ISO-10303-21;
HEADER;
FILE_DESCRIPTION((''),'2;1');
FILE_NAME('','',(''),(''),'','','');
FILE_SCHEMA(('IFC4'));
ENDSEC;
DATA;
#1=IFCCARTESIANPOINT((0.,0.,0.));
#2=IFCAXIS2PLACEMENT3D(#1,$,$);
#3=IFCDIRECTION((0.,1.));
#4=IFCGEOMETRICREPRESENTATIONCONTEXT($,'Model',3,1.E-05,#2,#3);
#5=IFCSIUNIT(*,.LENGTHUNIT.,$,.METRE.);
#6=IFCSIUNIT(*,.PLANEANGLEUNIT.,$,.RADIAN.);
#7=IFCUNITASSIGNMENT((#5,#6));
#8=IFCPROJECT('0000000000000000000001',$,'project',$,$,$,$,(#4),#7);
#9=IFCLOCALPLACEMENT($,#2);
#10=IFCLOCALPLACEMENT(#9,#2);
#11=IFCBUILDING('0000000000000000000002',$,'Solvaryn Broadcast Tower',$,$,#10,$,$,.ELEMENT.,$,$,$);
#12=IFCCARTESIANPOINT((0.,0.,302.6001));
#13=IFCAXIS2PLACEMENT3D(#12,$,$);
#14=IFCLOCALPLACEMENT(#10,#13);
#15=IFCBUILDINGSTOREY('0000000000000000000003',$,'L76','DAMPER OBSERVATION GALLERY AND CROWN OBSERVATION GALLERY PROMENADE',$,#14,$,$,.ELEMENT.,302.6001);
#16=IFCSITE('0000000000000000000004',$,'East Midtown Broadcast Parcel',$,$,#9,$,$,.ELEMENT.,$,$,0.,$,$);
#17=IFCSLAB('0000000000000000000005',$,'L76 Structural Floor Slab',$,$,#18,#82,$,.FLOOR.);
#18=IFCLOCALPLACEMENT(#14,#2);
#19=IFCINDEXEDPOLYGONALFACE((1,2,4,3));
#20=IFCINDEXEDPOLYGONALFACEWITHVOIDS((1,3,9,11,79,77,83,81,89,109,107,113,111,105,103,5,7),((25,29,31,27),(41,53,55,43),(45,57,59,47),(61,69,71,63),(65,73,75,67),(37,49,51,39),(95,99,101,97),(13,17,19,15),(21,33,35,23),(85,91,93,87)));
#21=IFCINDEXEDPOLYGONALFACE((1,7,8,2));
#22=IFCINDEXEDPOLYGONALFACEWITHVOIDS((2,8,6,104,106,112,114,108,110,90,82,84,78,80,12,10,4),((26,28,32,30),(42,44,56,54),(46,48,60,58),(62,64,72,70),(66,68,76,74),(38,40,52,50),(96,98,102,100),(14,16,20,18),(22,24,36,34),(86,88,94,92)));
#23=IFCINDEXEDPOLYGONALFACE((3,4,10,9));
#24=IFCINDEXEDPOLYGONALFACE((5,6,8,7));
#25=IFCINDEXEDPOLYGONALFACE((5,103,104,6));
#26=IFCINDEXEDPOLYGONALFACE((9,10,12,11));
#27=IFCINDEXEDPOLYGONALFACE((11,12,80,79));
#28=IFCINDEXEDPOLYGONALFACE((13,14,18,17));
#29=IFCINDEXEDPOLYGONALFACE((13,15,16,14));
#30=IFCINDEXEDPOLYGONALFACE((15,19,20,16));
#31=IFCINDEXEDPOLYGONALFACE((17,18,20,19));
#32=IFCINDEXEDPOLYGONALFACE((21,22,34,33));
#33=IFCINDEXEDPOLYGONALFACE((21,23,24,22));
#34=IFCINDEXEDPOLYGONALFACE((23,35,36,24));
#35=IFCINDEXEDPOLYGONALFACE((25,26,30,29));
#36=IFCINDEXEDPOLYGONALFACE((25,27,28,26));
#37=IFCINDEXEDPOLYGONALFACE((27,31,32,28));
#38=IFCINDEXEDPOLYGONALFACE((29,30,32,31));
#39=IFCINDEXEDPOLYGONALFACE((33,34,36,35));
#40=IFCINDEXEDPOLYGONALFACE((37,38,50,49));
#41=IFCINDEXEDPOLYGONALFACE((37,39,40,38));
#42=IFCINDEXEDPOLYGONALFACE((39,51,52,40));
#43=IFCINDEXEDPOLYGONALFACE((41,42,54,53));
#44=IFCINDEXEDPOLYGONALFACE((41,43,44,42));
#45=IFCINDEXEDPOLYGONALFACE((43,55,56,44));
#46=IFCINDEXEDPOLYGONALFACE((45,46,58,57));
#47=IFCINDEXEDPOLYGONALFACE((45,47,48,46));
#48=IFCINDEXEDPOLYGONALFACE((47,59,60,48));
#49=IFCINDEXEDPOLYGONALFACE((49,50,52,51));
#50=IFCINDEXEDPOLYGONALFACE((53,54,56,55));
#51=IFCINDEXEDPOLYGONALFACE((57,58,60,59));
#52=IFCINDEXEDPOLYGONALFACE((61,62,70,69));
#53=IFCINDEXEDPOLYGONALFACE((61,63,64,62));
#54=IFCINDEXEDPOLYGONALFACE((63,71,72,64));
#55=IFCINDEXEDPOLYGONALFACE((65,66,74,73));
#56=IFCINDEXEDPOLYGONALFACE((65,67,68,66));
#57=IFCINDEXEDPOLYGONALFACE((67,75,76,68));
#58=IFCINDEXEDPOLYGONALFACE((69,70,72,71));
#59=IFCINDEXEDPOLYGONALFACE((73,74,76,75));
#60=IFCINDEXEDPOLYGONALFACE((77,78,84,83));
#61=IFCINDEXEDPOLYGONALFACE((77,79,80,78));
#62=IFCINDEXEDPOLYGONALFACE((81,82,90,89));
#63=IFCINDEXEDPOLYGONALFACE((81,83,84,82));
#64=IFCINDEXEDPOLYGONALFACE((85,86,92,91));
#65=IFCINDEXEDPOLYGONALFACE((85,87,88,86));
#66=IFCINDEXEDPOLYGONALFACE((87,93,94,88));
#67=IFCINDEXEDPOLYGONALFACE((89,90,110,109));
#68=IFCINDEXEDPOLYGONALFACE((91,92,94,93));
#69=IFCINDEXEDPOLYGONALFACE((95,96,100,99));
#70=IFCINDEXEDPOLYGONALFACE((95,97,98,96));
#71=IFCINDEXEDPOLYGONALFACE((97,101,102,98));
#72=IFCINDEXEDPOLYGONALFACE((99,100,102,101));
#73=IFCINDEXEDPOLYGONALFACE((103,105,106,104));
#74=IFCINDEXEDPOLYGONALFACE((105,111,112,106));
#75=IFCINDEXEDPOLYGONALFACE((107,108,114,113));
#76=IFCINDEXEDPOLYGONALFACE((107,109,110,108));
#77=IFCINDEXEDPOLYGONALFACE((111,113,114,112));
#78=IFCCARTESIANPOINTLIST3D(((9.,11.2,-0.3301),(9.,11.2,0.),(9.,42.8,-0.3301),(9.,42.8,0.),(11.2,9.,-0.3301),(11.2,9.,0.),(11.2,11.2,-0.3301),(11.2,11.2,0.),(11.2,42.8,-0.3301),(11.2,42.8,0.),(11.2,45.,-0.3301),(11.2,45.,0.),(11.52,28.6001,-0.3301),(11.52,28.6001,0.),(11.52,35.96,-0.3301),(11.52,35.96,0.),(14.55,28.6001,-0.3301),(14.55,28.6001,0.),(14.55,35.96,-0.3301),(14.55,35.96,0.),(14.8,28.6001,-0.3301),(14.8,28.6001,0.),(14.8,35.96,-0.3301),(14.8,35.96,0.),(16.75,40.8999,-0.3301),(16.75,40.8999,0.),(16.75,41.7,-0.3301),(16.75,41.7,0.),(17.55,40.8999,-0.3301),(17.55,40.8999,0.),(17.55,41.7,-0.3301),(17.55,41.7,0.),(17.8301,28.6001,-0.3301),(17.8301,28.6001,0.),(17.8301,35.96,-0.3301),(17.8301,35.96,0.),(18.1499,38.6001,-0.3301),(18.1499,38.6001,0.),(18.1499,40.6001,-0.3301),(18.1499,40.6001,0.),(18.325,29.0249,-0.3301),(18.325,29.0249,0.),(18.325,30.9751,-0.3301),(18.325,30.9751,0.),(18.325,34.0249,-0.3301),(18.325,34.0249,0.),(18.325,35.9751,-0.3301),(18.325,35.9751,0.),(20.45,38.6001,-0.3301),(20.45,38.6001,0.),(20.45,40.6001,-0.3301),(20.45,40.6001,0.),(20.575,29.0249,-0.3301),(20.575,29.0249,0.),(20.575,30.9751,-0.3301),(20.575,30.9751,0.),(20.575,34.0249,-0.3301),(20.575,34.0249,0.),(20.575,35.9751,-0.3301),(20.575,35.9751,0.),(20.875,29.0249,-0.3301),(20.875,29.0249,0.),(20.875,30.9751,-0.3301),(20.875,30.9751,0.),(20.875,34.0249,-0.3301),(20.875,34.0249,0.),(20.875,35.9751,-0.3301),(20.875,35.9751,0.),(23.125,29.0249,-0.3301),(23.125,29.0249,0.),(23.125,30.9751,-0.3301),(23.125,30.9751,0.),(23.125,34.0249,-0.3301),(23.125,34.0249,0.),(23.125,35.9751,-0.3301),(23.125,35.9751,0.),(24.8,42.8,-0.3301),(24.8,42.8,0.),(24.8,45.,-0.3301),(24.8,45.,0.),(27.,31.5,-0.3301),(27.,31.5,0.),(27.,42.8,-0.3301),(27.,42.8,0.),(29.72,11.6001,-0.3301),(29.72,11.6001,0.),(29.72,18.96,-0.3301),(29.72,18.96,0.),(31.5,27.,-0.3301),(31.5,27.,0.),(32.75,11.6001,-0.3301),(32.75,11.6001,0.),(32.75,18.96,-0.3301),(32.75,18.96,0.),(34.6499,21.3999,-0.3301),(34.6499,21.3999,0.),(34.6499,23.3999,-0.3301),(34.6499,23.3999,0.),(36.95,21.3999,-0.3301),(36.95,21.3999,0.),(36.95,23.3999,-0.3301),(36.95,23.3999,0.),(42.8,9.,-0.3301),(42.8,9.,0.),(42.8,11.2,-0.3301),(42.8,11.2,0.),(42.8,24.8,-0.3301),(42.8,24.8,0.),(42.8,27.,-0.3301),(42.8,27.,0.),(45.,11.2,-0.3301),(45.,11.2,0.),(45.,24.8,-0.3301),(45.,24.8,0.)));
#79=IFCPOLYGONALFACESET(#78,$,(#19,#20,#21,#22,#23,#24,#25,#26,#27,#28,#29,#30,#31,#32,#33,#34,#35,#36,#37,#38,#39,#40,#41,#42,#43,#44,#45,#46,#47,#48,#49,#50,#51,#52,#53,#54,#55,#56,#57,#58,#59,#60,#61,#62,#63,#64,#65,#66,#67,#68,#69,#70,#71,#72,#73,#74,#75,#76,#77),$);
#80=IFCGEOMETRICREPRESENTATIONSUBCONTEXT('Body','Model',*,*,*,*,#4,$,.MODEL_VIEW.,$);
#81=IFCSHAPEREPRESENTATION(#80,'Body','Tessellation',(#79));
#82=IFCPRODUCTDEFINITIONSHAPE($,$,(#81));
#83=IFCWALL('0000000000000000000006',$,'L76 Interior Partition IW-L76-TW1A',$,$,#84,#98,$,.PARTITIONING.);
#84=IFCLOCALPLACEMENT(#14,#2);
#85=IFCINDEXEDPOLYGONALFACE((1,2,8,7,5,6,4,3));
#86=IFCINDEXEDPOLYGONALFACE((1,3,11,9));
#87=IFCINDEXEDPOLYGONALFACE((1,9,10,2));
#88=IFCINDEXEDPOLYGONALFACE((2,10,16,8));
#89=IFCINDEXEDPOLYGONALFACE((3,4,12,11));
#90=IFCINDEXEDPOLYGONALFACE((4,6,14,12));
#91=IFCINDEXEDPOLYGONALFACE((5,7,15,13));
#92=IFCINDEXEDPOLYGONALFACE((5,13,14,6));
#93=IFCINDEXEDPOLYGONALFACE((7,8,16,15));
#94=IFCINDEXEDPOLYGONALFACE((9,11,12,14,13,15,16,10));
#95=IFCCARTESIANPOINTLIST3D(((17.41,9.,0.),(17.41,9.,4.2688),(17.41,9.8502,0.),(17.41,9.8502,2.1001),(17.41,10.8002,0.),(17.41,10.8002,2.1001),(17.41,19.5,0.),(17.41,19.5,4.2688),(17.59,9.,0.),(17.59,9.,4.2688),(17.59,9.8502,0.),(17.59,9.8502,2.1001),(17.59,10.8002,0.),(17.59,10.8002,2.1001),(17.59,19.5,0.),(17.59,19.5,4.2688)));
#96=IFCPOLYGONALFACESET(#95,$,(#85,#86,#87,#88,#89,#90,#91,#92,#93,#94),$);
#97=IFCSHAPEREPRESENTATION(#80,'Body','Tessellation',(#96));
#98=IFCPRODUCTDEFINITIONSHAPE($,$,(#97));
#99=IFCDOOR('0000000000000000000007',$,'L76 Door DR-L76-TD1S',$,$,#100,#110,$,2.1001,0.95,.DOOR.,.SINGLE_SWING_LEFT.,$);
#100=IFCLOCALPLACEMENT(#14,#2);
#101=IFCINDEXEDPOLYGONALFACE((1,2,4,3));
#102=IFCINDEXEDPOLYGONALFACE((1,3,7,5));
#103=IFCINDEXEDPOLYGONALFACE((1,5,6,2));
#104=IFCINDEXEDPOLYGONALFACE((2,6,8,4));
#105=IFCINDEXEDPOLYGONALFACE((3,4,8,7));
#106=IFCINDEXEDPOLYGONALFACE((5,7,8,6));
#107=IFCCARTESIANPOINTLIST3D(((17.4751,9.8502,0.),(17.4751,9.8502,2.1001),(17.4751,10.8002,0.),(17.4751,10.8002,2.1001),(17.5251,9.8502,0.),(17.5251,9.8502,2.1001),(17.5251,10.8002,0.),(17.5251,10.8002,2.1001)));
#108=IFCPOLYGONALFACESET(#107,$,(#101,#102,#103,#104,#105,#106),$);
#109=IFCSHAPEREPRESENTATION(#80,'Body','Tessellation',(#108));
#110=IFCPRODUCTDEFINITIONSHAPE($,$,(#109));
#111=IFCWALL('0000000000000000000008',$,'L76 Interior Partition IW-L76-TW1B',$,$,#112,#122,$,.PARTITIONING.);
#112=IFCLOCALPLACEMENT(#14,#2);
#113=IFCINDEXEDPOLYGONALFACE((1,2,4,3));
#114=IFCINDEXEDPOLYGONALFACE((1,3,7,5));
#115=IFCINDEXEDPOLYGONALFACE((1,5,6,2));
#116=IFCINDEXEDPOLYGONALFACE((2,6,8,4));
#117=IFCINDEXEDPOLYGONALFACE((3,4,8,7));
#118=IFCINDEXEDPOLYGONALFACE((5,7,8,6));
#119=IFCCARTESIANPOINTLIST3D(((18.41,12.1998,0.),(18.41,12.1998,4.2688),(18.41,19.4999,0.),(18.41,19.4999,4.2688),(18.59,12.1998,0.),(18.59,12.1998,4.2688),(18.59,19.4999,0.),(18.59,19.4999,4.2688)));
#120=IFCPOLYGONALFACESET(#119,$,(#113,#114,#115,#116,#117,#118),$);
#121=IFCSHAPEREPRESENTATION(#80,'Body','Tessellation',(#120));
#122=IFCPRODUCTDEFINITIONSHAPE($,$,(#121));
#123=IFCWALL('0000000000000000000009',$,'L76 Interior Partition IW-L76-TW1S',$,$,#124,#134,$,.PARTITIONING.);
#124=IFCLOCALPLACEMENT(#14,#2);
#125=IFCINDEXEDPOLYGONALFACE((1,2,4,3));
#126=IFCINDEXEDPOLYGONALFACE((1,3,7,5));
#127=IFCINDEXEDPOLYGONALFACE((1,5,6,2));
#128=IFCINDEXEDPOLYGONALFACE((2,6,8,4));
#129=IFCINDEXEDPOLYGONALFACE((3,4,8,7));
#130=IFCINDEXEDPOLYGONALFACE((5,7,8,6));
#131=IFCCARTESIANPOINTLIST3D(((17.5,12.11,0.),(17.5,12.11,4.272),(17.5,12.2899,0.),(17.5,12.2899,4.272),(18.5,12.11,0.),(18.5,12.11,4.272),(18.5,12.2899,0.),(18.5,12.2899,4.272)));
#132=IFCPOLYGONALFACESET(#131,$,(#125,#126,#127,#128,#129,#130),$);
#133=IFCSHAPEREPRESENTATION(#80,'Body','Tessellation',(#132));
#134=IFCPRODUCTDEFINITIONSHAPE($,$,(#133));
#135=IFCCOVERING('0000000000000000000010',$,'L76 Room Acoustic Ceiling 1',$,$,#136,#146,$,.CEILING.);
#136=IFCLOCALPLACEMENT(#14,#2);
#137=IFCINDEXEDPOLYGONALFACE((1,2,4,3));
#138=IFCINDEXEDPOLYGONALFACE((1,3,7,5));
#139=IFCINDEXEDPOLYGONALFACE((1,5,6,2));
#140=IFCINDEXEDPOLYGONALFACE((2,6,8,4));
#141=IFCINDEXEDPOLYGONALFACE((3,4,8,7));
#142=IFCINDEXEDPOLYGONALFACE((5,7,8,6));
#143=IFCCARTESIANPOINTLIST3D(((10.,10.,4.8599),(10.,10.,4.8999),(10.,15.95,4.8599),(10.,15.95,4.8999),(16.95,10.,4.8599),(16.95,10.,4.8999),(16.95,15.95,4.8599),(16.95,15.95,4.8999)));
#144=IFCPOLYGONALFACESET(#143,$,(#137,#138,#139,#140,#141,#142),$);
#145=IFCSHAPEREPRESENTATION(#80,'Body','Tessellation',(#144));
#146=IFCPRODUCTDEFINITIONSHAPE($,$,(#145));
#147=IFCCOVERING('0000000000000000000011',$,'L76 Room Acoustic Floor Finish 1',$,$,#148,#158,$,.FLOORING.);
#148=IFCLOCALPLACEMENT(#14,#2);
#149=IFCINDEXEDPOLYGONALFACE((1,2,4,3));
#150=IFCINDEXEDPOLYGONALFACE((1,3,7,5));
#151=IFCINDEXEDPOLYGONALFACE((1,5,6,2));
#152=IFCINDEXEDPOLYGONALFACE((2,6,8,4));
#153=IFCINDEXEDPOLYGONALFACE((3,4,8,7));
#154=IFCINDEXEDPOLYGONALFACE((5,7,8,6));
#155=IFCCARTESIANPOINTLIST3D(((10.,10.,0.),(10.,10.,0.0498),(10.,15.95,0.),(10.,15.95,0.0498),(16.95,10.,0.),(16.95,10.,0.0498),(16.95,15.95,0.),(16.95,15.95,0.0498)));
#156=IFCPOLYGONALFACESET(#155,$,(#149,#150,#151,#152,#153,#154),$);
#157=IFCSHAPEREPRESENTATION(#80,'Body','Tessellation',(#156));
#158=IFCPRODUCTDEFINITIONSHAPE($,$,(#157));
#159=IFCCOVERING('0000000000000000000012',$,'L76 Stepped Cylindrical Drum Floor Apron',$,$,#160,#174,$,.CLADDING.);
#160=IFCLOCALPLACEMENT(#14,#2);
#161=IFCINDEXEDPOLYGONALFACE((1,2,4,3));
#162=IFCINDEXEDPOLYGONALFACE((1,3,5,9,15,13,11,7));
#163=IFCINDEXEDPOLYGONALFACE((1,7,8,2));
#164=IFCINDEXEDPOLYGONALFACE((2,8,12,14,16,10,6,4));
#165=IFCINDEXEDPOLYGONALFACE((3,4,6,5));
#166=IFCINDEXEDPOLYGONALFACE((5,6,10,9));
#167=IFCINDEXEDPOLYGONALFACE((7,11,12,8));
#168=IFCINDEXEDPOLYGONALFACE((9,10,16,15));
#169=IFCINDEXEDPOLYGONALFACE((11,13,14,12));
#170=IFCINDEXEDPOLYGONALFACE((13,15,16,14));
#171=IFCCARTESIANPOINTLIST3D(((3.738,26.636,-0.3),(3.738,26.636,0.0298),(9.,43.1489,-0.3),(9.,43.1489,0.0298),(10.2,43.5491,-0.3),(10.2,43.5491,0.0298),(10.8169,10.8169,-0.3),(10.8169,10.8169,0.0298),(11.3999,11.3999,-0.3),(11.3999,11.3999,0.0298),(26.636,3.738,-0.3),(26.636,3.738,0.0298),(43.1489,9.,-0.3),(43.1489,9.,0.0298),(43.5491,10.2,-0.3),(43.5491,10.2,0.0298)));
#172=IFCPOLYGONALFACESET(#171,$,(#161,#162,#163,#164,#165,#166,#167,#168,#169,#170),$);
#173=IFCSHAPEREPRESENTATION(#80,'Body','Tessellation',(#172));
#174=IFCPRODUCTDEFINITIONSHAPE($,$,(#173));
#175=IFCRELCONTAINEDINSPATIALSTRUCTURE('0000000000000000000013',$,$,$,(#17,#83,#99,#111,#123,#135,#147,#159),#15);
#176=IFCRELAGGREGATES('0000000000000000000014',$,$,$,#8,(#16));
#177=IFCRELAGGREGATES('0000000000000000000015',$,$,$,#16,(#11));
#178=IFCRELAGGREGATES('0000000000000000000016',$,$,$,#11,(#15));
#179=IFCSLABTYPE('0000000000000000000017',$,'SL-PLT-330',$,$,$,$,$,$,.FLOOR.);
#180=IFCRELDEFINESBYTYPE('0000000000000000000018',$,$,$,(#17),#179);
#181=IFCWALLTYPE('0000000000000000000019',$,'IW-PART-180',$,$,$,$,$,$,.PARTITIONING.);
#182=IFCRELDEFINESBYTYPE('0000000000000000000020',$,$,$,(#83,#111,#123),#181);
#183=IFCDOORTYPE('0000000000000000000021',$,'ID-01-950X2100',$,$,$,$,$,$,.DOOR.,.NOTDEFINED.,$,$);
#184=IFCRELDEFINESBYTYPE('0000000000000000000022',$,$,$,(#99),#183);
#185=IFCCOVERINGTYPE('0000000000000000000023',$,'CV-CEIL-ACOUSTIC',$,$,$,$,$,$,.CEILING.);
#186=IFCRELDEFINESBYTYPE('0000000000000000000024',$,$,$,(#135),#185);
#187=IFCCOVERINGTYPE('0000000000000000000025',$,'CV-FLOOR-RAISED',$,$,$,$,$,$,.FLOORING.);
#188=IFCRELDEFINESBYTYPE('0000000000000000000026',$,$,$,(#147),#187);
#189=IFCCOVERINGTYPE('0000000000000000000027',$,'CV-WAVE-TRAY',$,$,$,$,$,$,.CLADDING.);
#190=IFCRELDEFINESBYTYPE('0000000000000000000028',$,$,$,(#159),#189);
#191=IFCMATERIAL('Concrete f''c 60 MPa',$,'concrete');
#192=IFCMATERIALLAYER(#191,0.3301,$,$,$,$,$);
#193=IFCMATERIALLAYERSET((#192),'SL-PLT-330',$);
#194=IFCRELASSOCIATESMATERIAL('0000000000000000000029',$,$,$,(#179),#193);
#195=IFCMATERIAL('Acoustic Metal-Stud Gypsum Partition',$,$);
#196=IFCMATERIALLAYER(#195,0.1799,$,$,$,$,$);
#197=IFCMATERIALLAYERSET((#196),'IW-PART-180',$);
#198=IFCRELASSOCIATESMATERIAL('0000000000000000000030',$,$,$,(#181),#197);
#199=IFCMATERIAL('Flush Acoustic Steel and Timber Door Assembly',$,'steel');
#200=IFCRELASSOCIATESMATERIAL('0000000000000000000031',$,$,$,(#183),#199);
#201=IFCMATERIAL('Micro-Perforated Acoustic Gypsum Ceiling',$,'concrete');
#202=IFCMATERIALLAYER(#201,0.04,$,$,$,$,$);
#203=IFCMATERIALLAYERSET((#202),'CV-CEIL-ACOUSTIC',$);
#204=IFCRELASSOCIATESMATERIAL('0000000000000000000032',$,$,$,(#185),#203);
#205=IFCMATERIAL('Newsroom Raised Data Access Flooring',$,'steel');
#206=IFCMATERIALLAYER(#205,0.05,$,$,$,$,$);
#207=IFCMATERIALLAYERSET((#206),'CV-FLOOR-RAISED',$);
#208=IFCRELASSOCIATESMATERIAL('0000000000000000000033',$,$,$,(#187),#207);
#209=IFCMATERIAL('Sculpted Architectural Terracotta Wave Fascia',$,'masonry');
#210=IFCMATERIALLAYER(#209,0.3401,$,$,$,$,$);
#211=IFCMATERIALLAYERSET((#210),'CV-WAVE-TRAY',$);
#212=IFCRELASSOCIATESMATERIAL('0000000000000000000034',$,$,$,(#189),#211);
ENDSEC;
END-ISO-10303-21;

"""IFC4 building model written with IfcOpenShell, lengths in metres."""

from ifc_helpers import new_model, si_unit, direction, frame, frame_2d, origin, place, context, subcontext, project, spatial, polyline, rectangle, outline, extrude, material, layer, layer_set, type_object, element, fill, save


model = new_model("IFC4")

# Units and contexts
model_context = context("Model", 3, precision=1e-05, world=origin(), true_north=direction((0.0, 1.0)))
body_context = subcontext(model_context, "Body", "Model", "MODEL_VIEW")
ifc_project = project(units=[si_unit("LENGTHUNIT", "METRE"), si_unit("PLANEANGLEUNIT", "RADIAN")], contexts=[model_context])

# Site, building, storey
site_placement = place(None, origin())
site = spatial("IfcSite", under=ifc_project, at=site_placement, Name="East Midtown Broadcast Parcel", CompositionType="ELEMENT", RefElevation=0.0)
building_placement = place(site_placement, origin())
building = spatial("IfcBuilding", under=site, at=building_placement, Name="Solvaryn Broadcast Tower", CompositionType="ELEMENT")
storey_placement = place(building_placement, frame((0.0, 0.0, 302.6001)))
storey = spatial("IfcBuildingStorey", under=building, at=storey_placement, Name="L76", Description="DAMPER OBSERVATION GALLERY AND CROWN OBSERVATION GALLERY PROMENADE", CompositionType="ELEMENT", Elevation=302.6001)

# Slab
ifc_material_1 = material(Name="Concrete f'c 60 MPa", Category="concrete")
ifc_layer_1 = layer(ifc_material_1, 0.3301)
ifc_layer_set_1 = layer_set([ifc_layer_1], Name="SL-PLT-330")
slab_type = type_object("IfcSlabType", Name="SL-PLT-330", PredefinedType="FLOOR", material=ifc_layer_set_1)
slab_placement = place(storey_placement, frame((0.0, 0.0, -0.3301)))
element("IfcSlab", 1, at=slab_placement, inside=storey, type_object=slab_type, Name="L76 Structural Floor Slab", PredefinedType="FLOOR", context=body_context, shape_type="SweptSolid", body=[
    extrude(outline(polyline([(11.2, 9.0), (42.8, 9.0), (42.8, 11.2), (45.0, 11.2), (45.0, 24.8), (42.8, 24.8), (42.8, 27.0), (31.5, 27.0), (27.0, 31.5), (27.0, 42.8), (24.8, 42.8), (24.8, 45.0), (11.2, 45.0), (11.2, 42.8), (9.0, 42.8), (9.0, 11.2), (11.2, 11.2), (11.2, 9.0)]), holes=[polyline([(11.52, 35.96), (11.52, 28.6001), (14.55, 28.6001), (14.55, 35.96), (11.52, 35.96)]), polyline([(14.8, 35.96), (14.8, 28.6001), (17.8301, 28.6001), (17.8301, 35.96), (14.8, 35.96)]), polyline([(29.72, 18.96), (29.72, 11.6001), (32.75, 11.6001), (32.75, 18.96), (29.72, 18.96)]), polyline([(18.1499, 38.6001), (20.45, 38.6001), (20.45, 40.6001), (18.1499, 40.6001), (18.1499, 38.6001)]), polyline([(18.325, 29.0249), (20.575, 29.0249), (20.575, 30.9751), (18.325, 30.9751), (18.325, 29.0249)]), polyline([(20.875, 29.0249), (23.125, 29.0249), (23.125, 30.9751), (20.875, 30.9751), (20.875, 29.0249)]), polyline([(18.325, 34.0249), (20.575, 34.0249), (20.575, 35.9751), (18.325, 35.9751), (18.325, 34.0249)]), polyline([(20.875, 34.0249), (23.125, 34.0249), (23.125, 35.9751), (20.875, 35.9751), (20.875, 34.0249)]), polyline([(34.6499, 21.3999), (36.95, 21.3999), (36.95, 23.3999), (34.6499, 23.3999), (34.6499, 21.3999)]), polyline([(16.75, 40.8999), (17.55, 40.8999), (17.55, 41.7), (16.75, 41.7), (16.75, 40.8999)])]), origin(), (0.0, 0.0, 1.0), 0.3301),
])

# Wall, opening, door
ifc_material_2 = material(Name="Acoustic Metal-Stud Gypsum Partition")
ifc_layer_2 = layer(ifc_material_2, 0.1799)
ifc_layer_set_2 = layer_set([ifc_layer_2], Name="IW-PART-180")
wall_type = type_object("IfcWallType", Name="IW-PART-180", PredefinedType="PARTITIONING", material=ifc_layer_set_2)
wall_1_placement = place(storey_placement, frame((17.5, 9.0, 0.0), z_axis=(0.0, 0.0, 1.0), x_axis=(0.0, 1.0, 0.0)))
wall_1 = element("IfcWall", 2, at=wall_1_placement, inside=storey, type_object=wall_type, Name="L76 Interior Partition IW-L76-TW1A", PredefinedType="PARTITIONING", context=body_context, shape_type="SweptSolid", body=[
    extrude(rectangle(XDim=10.5, YDim=0.1799, at=frame_2d((5.25, 0.0))), origin(), (0.0, 0.0, 1.0), 4.2688),
])
opening_placement = place(wall_1_placement, frame((0.8501, 0.0, 0.0)))
opening = element("IfcOpeningElement", 3, at=opening_placement, cuts=wall_1, PredefinedType="OPENING", context=body_context, shape_type="SweptSolid", body=[
    extrude(rectangle(XDim=0.95, YDim=2.1001, at=frame_2d((0.4751, 1.05))), frame((0.0, 0.0999, 0.0), z_axis=(0.0, -1.0, 0.0), x_axis=(1.0, 0.0, 0.0)), (0.0, 0.0, 1.0), 0.2),
])
ifc_material_3 = material(Name="Flush Acoustic Steel and Timber Door Assembly", Category="steel")
door_type = type_object("IfcDoorType", Name="ID-01-950X2100", OperationType="NOTDEFINED", PredefinedType="DOOR", material=ifc_material_3)
door_placement = place(opening_placement, origin())
door = element("IfcDoor", 4, at=door_placement, inside=storey, type_object=door_type, Name="L76 Door DR-L76-TD1S", OperationType="SINGLE_SWING_LEFT", OverallHeight=2.1001, OverallWidth=0.95, PredefinedType="DOOR", context=body_context, shape_type="SweptSolid", body=[
    extrude(rectangle(XDim=0.95, YDim=2.1001, at=frame_2d((0.4751, 1.05))), frame((0.0, 0.0249, 0.0), z_axis=(0.0, -1.0, 0.0), x_axis=(1.0, 0.0, 0.0)), (0.0, 0.0, 1.0), 0.05),
])
fill(opening, door)

# Walls
wall_2_placement = place(storey_placement, frame((18.5, 12.2, 0.0), z_axis=(0.0, 0.0, 1.0), x_axis=(0.0, 1.0, 0.0)))
element("IfcWall", 5, at=wall_2_placement, inside=storey, type_object=wall_type, Name="L76 Interior Partition IW-L76-TW1B", PredefinedType="PARTITIONING", context=body_context, shape_type="SweptSolid", body=[
    extrude(rectangle(XDim=7.3, YDim=0.1799, at=frame_2d((3.6499, 0.0))), origin(), (0.0, 0.0, 1.0), 4.2688),
])
wall_3_placement = place(storey_placement, frame((17.5, 12.2, 0.0), z_axis=(0.0, 0.0, 1.0), x_axis=(1.0, 0.0, 0.0)))
element("IfcWall", 6, at=wall_3_placement, inside=storey, type_object=wall_type, Name="L76 Interior Partition IW-L76-TW1S", PredefinedType="PARTITIONING", context=body_context, shape_type="SweptSolid", body=[
    extrude(rectangle(XDim=1.0, YDim=0.1799, at=frame_2d((0.5, 0.0))), origin(), (0.0, 0.0, 1.0), 4.272),
])

# Coverings
ifc_material_4 = material(Name="Micro-Perforated Acoustic Gypsum Ceiling", Category="concrete")
ifc_layer_3 = layer(ifc_material_4, 0.04)
ifc_layer_set_3 = layer_set([ifc_layer_3], Name="CV-CEIL-ACOUSTIC")
covering_type_1 = type_object("IfcCoveringType", Name="CV-CEIL-ACOUSTIC", PredefinedType="CEILING", material=ifc_layer_set_3)
covering_1_placement = place(storey_placement, frame((0.0, 0.0, 4.8599)))
element("IfcCovering", 7, at=covering_1_placement, inside=storey, type_object=covering_type_1, Name="L76 Room Acoustic Ceiling 1", PredefinedType="CEILING", context=body_context, shape_type="SweptSolid", body=[
    extrude(outline(polyline([(10.0, 10.0), (16.95, 10.0), (16.95, 15.95), (10.0, 15.95), (10.0, 10.0)])), origin(), (0.0, 0.0, 1.0), 0.04),
])
ifc_material_5 = material(Name="Newsroom Raised Data Access Flooring", Category="steel")
ifc_layer_4 = layer(ifc_material_5, 0.05)
ifc_layer_set_4 = layer_set([ifc_layer_4], Name="CV-FLOOR-RAISED")
covering_type_2 = type_object("IfcCoveringType", Name="CV-FLOOR-RAISED", PredefinedType="FLOORING", material=ifc_layer_set_4)
covering_2_placement = place(storey_placement, origin())
element("IfcCovering", 8, at=covering_2_placement, inside=storey, type_object=covering_type_2, Name="L76 Room Acoustic Floor Finish 1", PredefinedType="FLOORING", context=body_context, shape_type="SweptSolid", body=[
    extrude(outline(polyline([(10.0, 10.0), (16.95, 10.0), (16.95, 15.95), (10.0, 15.95), (10.0, 10.0)])), origin(), (0.0, 0.0, 1.0), 0.0498),
])
ifc_material_6 = material(Name="Sculpted Architectural Terracotta Wave Fascia", Category="masonry")
ifc_layer_5 = layer(ifc_material_6, 0.3401)
ifc_layer_set_5 = layer_set([ifc_layer_5], Name="CV-WAVE-TRAY")
covering_type_3 = type_object("IfcCoveringType", Name="CV-WAVE-TRAY", PredefinedType="CLADDING", material=ifc_layer_set_5)
covering_3_placement = place(storey_placement, frame((0.0, 0.0, -0.3)))
element("IfcCovering", 9, at=covering_3_placement, inside=storey, type_object=covering_type_3, Name="L76 Stepped Cylindrical Drum Floor Apron", PredefinedType="CLADDING", context=body_context, shape_type="SweptSolid", body=[
    extrude(outline(polyline([(10.2, 43.5491), (9.0, 43.1489), (3.738, 26.636), (10.8169, 10.8169), (26.636, 3.738), (43.1489, 9.0), (43.1489, 9.0), (43.5491, 10.2), (11.3999, 11.3999), (10.2, 43.5491)])), origin(), (0.0, 0.0, 1.0), 0.3298),
])

save(model, "model.ifc")
